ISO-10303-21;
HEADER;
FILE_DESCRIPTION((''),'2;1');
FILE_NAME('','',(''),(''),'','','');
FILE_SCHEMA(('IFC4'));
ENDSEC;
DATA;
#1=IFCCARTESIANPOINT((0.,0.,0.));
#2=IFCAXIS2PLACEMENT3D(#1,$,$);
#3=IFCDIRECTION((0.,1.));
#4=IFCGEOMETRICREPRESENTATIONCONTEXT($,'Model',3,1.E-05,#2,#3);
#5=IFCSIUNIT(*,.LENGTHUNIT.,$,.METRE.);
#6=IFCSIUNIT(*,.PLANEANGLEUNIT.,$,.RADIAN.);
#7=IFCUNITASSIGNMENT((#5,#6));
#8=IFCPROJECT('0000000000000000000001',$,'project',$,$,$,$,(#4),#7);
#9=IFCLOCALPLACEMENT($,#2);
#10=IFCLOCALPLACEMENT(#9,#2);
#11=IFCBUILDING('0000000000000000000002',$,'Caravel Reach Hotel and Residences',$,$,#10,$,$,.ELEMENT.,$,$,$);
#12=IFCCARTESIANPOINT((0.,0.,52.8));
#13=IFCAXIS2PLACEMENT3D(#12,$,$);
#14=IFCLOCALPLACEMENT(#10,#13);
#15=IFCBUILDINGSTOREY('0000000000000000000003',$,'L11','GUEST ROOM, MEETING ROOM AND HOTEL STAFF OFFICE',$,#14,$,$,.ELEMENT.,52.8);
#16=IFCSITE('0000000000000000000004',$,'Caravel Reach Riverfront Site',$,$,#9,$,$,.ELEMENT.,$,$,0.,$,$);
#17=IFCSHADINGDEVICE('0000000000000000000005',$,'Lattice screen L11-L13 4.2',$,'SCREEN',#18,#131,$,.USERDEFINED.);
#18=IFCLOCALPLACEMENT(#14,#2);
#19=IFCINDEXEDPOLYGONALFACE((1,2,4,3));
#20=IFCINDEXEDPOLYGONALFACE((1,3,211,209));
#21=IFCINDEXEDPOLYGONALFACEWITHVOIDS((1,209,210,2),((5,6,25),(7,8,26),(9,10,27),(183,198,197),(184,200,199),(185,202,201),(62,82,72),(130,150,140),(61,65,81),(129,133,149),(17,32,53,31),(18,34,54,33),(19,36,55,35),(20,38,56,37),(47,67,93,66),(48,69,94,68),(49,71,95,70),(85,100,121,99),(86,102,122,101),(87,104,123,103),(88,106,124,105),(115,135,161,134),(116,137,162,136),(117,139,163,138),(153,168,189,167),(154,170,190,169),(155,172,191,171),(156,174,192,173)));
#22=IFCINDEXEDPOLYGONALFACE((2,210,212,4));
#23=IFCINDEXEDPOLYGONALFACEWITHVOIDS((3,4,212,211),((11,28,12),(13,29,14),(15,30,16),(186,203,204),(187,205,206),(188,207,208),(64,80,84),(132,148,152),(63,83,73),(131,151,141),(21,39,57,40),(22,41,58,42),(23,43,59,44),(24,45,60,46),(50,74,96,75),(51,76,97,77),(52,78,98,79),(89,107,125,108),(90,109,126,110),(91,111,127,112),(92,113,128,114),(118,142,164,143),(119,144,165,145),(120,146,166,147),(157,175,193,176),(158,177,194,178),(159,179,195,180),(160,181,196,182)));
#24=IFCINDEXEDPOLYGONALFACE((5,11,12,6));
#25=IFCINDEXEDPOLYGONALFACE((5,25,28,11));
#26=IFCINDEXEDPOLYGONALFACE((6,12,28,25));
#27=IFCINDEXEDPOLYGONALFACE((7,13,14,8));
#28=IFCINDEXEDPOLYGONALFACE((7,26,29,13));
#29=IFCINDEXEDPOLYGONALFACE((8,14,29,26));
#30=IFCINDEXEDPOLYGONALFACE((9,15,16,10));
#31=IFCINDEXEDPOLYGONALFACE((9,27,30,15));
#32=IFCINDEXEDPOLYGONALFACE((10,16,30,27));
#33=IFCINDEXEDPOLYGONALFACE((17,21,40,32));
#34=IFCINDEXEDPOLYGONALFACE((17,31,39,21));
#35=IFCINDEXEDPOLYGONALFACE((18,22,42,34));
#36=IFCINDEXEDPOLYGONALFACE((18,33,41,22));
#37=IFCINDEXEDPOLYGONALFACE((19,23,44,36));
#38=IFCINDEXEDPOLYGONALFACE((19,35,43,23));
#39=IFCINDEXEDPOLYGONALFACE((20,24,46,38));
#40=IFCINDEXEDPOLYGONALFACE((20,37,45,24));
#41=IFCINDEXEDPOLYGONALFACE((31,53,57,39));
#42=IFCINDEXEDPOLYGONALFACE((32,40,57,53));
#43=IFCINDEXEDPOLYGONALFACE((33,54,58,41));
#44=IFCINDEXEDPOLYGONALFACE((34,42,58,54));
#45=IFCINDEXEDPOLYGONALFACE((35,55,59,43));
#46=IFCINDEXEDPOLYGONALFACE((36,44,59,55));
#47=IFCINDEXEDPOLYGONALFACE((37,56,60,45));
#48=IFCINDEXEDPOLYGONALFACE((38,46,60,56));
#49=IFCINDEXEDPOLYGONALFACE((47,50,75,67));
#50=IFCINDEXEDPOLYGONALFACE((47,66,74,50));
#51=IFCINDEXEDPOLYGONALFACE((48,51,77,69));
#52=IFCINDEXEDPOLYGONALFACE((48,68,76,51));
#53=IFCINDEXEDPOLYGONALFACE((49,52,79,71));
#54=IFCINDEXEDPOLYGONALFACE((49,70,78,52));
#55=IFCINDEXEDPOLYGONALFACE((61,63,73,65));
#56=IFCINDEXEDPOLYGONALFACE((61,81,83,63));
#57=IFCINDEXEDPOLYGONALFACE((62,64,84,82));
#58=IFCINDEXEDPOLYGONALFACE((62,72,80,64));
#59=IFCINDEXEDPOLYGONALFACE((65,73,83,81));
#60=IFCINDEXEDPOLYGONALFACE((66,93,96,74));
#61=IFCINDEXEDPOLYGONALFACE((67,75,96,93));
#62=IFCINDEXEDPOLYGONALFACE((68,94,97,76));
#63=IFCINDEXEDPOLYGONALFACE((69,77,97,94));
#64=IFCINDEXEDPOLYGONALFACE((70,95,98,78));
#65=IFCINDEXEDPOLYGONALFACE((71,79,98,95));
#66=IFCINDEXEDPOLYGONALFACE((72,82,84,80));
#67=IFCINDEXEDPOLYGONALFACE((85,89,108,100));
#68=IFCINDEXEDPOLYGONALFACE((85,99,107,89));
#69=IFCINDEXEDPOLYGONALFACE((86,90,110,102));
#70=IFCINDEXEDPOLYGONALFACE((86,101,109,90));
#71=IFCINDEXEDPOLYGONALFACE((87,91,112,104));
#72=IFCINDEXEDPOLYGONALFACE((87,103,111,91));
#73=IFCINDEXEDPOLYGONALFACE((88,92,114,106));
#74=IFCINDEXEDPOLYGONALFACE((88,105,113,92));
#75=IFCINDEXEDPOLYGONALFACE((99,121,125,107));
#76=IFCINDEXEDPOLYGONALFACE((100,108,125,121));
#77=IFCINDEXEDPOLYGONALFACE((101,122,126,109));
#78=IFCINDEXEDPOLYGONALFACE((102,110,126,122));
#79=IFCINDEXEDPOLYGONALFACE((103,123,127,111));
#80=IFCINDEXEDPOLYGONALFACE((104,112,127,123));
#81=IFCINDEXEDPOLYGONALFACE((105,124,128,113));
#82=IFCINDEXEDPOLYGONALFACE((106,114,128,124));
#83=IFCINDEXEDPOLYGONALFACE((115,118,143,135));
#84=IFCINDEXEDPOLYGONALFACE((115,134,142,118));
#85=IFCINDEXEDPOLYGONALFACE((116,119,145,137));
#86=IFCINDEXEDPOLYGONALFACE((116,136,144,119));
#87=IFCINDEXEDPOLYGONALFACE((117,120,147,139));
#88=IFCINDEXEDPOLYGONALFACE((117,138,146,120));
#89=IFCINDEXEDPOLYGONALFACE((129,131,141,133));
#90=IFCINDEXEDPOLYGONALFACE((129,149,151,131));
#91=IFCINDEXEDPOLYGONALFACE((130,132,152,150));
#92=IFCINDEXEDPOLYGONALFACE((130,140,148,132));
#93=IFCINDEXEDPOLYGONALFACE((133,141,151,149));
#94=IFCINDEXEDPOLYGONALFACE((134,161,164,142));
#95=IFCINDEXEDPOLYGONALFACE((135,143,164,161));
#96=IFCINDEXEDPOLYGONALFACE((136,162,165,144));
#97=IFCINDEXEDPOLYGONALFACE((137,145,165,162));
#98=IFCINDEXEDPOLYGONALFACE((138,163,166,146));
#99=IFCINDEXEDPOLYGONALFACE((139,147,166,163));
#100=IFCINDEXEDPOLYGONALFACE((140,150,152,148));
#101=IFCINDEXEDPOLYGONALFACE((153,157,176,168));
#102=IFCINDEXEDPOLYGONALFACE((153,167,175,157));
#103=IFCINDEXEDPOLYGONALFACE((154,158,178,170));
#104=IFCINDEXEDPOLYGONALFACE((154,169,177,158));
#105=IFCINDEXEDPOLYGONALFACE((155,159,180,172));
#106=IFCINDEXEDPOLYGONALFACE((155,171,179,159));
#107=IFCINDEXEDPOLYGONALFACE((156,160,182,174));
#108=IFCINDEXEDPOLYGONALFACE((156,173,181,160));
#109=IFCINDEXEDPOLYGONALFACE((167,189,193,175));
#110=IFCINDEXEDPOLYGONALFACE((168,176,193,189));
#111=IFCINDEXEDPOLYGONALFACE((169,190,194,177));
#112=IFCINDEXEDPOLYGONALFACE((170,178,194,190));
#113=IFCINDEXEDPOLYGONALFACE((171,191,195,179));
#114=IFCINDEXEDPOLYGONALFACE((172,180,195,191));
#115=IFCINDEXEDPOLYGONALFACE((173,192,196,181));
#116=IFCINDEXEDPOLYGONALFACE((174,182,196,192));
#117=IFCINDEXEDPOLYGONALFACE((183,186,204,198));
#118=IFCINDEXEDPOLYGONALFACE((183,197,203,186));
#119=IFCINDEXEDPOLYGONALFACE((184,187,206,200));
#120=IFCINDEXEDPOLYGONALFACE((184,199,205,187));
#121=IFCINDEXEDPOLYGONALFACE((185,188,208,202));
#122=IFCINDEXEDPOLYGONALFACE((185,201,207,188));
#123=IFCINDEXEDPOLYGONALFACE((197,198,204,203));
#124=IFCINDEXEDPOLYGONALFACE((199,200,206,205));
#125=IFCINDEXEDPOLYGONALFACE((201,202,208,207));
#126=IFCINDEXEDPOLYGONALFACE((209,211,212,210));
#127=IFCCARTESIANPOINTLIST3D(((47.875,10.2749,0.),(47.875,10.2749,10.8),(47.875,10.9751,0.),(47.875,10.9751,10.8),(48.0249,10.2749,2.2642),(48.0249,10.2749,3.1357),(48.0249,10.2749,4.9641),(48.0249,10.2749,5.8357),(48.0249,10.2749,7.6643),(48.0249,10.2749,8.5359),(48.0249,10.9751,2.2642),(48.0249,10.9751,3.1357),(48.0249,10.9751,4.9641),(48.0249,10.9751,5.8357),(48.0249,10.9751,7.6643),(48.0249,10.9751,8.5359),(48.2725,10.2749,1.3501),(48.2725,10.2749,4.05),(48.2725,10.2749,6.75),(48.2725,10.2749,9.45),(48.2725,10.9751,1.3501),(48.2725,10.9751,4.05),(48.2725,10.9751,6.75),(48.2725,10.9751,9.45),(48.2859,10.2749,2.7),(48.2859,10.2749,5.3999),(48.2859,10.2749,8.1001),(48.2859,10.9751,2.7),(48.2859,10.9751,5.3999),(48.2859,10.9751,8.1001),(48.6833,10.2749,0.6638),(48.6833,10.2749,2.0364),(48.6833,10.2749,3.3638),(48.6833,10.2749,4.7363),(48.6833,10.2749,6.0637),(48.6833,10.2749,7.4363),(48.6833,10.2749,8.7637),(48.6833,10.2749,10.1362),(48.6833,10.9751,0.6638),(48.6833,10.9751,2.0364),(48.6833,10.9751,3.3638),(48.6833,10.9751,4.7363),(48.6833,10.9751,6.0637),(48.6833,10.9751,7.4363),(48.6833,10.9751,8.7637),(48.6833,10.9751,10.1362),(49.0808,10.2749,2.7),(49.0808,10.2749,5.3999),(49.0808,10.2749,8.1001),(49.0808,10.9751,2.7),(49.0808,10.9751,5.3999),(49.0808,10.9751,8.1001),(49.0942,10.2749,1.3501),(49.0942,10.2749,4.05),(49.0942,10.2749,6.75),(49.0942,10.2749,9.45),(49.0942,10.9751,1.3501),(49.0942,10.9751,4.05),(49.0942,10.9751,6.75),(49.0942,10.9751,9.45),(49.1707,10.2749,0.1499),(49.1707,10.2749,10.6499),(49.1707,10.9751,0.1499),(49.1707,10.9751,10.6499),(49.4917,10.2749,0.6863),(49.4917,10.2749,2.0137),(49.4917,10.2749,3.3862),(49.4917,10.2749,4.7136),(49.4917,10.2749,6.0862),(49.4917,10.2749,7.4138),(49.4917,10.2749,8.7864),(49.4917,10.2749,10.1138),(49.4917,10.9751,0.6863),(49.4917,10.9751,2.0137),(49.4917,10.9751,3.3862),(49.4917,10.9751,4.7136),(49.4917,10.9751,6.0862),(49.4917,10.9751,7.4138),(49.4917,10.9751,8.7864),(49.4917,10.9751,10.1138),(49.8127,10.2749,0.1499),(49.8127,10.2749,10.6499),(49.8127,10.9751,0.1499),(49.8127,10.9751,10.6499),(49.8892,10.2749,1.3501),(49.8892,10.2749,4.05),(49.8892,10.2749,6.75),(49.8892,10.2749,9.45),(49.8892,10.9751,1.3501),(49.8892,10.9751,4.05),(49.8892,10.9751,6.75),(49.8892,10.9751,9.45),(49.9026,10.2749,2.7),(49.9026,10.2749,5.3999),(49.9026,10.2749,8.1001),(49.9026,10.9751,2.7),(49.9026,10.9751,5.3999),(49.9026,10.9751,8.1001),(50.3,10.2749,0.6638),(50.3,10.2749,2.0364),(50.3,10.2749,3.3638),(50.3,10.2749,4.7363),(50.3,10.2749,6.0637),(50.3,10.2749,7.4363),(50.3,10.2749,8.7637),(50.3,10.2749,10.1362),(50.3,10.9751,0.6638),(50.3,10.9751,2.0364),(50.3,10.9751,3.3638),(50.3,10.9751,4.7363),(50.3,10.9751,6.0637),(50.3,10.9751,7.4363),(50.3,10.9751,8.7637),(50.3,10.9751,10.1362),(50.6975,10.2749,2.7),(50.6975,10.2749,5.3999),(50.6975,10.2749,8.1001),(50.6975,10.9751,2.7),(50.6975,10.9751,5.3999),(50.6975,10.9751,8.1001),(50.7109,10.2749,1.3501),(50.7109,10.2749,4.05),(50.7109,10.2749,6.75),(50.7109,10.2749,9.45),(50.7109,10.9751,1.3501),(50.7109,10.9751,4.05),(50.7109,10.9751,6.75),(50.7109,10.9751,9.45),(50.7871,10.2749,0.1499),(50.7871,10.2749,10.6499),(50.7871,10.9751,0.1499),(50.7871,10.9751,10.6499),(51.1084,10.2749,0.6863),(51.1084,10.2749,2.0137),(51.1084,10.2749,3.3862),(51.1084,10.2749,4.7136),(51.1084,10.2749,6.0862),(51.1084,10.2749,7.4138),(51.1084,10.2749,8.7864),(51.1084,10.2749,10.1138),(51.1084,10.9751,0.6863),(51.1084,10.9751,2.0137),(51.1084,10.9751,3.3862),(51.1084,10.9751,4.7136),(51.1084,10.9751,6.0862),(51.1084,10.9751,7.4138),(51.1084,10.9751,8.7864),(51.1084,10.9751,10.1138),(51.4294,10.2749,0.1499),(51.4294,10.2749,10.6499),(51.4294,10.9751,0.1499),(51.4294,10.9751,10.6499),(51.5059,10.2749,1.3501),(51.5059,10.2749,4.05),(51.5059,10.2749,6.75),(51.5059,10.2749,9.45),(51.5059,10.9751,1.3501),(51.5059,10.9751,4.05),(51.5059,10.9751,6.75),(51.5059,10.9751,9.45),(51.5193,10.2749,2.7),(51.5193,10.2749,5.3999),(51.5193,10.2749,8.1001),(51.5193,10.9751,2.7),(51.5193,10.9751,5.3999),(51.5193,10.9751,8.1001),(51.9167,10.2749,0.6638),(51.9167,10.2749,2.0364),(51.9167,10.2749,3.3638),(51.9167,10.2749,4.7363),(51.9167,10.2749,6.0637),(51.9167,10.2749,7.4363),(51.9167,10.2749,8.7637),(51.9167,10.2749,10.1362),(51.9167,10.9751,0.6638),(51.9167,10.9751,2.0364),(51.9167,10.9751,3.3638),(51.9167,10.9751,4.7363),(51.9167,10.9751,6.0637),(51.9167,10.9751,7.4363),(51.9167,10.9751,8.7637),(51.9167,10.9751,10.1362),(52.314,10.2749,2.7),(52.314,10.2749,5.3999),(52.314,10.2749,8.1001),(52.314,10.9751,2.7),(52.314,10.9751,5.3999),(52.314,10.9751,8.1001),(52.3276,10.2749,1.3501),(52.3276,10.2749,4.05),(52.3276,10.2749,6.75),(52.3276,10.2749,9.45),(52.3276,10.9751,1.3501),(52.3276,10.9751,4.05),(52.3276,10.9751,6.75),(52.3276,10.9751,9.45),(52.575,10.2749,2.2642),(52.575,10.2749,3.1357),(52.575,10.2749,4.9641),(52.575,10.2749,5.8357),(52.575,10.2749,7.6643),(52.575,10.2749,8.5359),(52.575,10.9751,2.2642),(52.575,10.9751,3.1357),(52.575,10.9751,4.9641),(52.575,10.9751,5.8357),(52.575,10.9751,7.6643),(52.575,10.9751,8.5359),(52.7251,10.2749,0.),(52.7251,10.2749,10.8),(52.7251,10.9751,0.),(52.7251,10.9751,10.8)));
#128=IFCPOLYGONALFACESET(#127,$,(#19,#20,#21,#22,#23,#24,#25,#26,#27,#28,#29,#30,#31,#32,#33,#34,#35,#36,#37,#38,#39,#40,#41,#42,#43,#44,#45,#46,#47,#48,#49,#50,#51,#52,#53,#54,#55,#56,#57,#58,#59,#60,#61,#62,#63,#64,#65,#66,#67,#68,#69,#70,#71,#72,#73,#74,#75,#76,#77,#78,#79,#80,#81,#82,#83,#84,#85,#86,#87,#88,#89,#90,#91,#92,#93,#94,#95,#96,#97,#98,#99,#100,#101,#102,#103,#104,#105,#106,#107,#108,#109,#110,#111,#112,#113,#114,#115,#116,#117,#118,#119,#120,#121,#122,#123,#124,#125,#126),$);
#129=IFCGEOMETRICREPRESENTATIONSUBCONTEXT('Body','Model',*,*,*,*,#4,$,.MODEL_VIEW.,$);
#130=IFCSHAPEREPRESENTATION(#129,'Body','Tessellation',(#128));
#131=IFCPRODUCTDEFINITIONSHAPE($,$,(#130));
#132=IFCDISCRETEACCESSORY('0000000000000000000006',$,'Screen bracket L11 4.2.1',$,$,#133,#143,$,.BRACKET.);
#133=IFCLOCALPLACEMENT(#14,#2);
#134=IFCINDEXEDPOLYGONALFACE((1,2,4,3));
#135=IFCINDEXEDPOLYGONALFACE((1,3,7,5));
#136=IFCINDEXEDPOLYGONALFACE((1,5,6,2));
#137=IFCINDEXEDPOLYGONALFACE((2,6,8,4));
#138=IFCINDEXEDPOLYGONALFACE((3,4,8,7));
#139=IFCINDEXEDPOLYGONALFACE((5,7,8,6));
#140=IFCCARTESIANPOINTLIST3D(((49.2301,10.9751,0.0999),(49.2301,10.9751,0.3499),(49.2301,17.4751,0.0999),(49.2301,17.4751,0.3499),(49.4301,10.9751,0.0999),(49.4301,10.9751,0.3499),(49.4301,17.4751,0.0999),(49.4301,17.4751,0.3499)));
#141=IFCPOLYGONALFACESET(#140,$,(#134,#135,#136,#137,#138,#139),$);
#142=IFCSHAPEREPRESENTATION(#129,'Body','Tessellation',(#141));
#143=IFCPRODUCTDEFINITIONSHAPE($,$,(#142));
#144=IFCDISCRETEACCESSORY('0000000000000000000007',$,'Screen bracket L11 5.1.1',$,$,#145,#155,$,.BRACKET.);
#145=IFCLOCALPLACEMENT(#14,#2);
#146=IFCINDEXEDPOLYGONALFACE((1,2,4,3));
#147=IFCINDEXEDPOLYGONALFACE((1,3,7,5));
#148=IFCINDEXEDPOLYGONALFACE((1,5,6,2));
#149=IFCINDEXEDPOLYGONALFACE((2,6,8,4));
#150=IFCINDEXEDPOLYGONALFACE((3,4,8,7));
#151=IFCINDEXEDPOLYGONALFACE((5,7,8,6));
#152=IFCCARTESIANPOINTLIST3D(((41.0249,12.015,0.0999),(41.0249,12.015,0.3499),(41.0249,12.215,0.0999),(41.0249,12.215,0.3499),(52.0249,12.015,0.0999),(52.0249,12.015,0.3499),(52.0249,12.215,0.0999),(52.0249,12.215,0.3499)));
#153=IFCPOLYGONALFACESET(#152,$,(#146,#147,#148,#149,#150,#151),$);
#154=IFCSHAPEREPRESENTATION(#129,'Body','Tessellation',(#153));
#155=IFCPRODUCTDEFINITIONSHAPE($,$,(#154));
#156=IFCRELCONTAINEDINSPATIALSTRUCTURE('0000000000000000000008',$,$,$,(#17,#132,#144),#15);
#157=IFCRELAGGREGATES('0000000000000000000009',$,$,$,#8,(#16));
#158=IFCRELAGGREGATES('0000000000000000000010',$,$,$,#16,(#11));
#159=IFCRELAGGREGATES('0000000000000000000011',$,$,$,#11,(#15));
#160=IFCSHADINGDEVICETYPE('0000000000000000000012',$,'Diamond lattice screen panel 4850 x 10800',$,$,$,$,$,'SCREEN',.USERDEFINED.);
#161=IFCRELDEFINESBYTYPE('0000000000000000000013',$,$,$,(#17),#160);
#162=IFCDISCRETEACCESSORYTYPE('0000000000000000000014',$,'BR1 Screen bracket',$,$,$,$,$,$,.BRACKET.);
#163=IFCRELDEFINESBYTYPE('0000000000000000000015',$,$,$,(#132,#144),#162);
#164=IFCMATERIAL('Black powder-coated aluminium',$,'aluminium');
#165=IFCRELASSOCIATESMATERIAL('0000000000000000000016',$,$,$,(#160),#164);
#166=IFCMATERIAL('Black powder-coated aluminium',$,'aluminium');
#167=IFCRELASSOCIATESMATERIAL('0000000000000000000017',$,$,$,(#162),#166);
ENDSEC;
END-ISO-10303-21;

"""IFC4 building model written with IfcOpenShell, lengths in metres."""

from ifc_helpers import new_model, si_unit, direction, frame, origin, origin_2d, place, context, subcontext, project, spatial, polyline, rectangle, outline, extrude, material, type_object, element, save


model = new_model("IFC4")

# Units and contexts
model_context = context("Model", 3, precision=1e-05, world=origin(), true_north=direction((0.0, 1.0)))
body_context = subcontext(model_context, "Body", "Model", "MODEL_VIEW")
ifc_project = project(units=[si_unit("LENGTHUNIT", "METRE"), si_unit("PLANEANGLEUNIT", "RADIAN")], contexts=[model_context])

# Site, building, storey
site_placement = place(None, origin())
site = spatial("IfcSite", under=ifc_project, at=site_placement, Name="Caravel Reach Riverfront Site", CompositionType="ELEMENT", RefElevation=0.0)
building_placement = place(site_placement, origin())
building = spatial("IfcBuilding", under=site, at=building_placement, Name="Caravel Reach Hotel and Residences", CompositionType="ELEMENT")
storey_placement = place(building_placement, frame((0.0, 0.0, 52.8)))
storey = spatial("IfcBuildingStorey", under=building, at=storey_placement, Name="L11", Description="GUEST ROOM, MEETING ROOM AND HOTEL STAFF OFFICE", CompositionType="ELEMENT", Elevation=52.8)

# Shading device
ifc_material_1 = material(Name="Black powder-coated aluminium", Category="aluminium")
shading_device_type_1 = type_object("IfcShadingDeviceType", Name="Diamond lattice screen panel 4850 x 10800", ElementType="SCREEN", PredefinedType="USERDEFINED", material=ifc_material_1)
shading_device_1_placement = place(storey_placement, frame((47.875, 10.9751, 0.0), z_axis=(0.0, -1.0, 0.0), x_axis=(1.0, 0.0, 0.0)))
element("IfcShadingDevice", 1, at=shading_device_1_placement, inside=storey, type_object=shading_device_type_1, Name="Lattice screen L11-L13 4.2", ObjectType="SCREEN", PredefinedType="USERDEFINED", context=body_context, shape_type="SweptSolid", body=[
    extrude(outline(polyline([(0.0, 0.0), (4.8501, 0.0), (4.8501, 10.8), (0.0, 10.8), (0.0, 0.0)]), holes=[polyline([(0.4109, 2.7), (0.1499, 3.1357), (0.1499, 2.2642), (0.4109, 2.7)]), polyline([(0.4109, 5.3999), (0.1499, 5.8357), (0.1499, 4.9641), (0.4109, 5.3999)]), polyline([(0.4109, 8.1001), (0.1499, 8.5359), (0.1499, 7.6643), (0.4109, 8.1001)]), polyline([(0.8083, 2.0364), (0.3975, 1.3501), (0.8083, 0.6638), (1.2192, 1.3501), (0.8083, 2.0364)]), polyline([(0.8083, 4.7363), (0.3975, 4.05), (0.8083, 3.3638), (1.2192, 4.05), (0.8083, 4.7363)]), polyline([(0.8083, 7.4363), (0.3975, 6.75), (0.8083, 6.0637), (1.2192, 6.75), (0.8083, 7.4363)]), polyline([(0.8083, 10.1362), (0.3975, 9.45), (0.8083, 8.7637), (1.2192, 9.45), (0.8083, 10.1362)]), polyline([(1.6167, 0.6863), (1.2957, 0.1499), (1.9377, 0.1499), (1.6167, 0.6863)]), polyline([(1.6167, 3.3862), (1.2058, 2.7), (1.6167, 2.0137), (2.0276, 2.7), (1.6167, 3.3862)]), polyline([(1.6167, 6.0862), (1.2058, 5.3999), (1.6167, 4.7136), (2.0276, 5.3999), (1.6167, 6.0862)]), polyline([(1.6167, 8.7864), (1.2058, 8.1001), (1.6167, 7.4138), (2.0276, 8.1001), (1.6167, 8.7864)]), polyline([(1.6167, 10.1138), (1.9377, 10.6499), (1.2957, 10.6499), (1.6167, 10.1138)]), polyline([(2.425, 2.0364), (2.0142, 1.3501), (2.425, 0.6638), (2.8359, 1.3501), (2.425, 2.0364)]), polyline([(2.425, 4.7363), (2.0142, 4.05), (2.425, 3.3638), (2.8359, 4.05), (2.425, 4.7363)]), polyline([(2.425, 7.4363), (2.0142, 6.75), (2.425, 6.0637), (2.8359, 6.75), (2.425, 7.4363)]), polyline([(2.425, 10.1362), (2.0142, 9.45), (2.425, 8.7637), (2.8359, 9.45), (2.425, 10.1362)]), polyline([(3.2334, 0.6863), (2.9121, 0.1499), (3.5544, 0.1499), (3.2334, 0.6863)]), polyline([(3.2334, 3.3862), (2.8225, 2.7), (3.2334, 2.0137), (3.6443, 2.7), (3.2334, 3.3862)]), polyline([(3.2334, 6.0862), (2.8225, 5.3999), (3.2334, 4.7136), (3.6443, 5.3999), (3.2334, 6.0862)]), polyline([(3.2334, 8.7864), (2.8225, 8.1001), (3.2334, 7.4138), (3.6443, 8.1001), (3.2334, 8.7864)]), polyline([(3.2334, 10.1138), (3.5544, 10.6499), (2.9121, 10.6499), (3.2334, 10.1138)]), polyline([(4.0417, 2.0364), (3.6309, 1.3501), (4.0417, 0.6638), (4.4526, 1.3501), (4.0417, 2.0364)]), polyline([(4.0417, 4.7363), (3.6309, 4.05), (4.0417, 3.3638), (4.4526, 4.05), (4.0417, 4.7363)]), polyline([(4.0417, 7.4363), (3.6309, 6.75), (4.0417, 6.0637), (4.4526, 6.75), (4.0417, 7.4363)]), polyline([(4.0417, 10.1362), (3.6309, 9.45), (4.0417, 8.7637), (4.4526, 9.45), (4.0417, 10.1362)]), polyline([(4.439, 2.7), (4.7, 2.2642), (4.7, 3.1357), (4.439, 2.7)]), polyline([(4.439, 5.3999), (4.7, 4.9641), (4.7, 5.8357), (4.439, 5.3999)]), polyline([(4.439, 8.1001), (4.7, 7.6643), (4.7, 8.5359), (4.439, 8.1001)])]), origin(), (0.0, 0.0, 1.0), 0.7002),
])

# Discrete accessories
ifc_material_2 = material(Name="Black powder-coated aluminium", Category="aluminium")
discrete_accessory_type = type_object("IfcDiscreteAccessoryType", Name="BR1 Screen bracket", PredefinedType="BRACKET", material=ifc_material_2)
discrete_accessory_1_placement = place(storey_placement, frame((49.3301, 14.2251, 0.0999), z_axis=(0.0, 0.0, 1.0), x_axis=(0.0, -1.0, 0.0)))
element("IfcDiscreteAccessory", 2, at=discrete_accessory_1_placement, inside=storey, type_object=discrete_accessory_type, Name="Screen bracket L11 4.2.1", PredefinedType="BRACKET", context=body_context, shape_type="SweptSolid", body=[
    extrude(rectangle(XDim=6.5, YDim=0.2, at=origin_2d()), origin(), (0.0, 0.0, 1.0), 0.25),
])
discrete_accessory_2_placement = place(storey_placement, frame((46.5249, 12.115, 0.0999), z_axis=(0.0, 0.0, 1.0), x_axis=(1.0, 0.0, 0.0)))
element("IfcDiscreteAccessory", 3, at=discrete_accessory_2_placement, inside=storey, type_object=discrete_accessory_type, Name="Screen bracket L11 5.1.1", PredefinedType="BRACKET", context=body_context, shape_type="SweptSolid", body=[
    extrude(rectangle(XDim=11.0, YDim=0.2, at=origin_2d()), origin(), (0.0, 0.0, 1.0), 0.25),
])

save(model, "model.ifc")
